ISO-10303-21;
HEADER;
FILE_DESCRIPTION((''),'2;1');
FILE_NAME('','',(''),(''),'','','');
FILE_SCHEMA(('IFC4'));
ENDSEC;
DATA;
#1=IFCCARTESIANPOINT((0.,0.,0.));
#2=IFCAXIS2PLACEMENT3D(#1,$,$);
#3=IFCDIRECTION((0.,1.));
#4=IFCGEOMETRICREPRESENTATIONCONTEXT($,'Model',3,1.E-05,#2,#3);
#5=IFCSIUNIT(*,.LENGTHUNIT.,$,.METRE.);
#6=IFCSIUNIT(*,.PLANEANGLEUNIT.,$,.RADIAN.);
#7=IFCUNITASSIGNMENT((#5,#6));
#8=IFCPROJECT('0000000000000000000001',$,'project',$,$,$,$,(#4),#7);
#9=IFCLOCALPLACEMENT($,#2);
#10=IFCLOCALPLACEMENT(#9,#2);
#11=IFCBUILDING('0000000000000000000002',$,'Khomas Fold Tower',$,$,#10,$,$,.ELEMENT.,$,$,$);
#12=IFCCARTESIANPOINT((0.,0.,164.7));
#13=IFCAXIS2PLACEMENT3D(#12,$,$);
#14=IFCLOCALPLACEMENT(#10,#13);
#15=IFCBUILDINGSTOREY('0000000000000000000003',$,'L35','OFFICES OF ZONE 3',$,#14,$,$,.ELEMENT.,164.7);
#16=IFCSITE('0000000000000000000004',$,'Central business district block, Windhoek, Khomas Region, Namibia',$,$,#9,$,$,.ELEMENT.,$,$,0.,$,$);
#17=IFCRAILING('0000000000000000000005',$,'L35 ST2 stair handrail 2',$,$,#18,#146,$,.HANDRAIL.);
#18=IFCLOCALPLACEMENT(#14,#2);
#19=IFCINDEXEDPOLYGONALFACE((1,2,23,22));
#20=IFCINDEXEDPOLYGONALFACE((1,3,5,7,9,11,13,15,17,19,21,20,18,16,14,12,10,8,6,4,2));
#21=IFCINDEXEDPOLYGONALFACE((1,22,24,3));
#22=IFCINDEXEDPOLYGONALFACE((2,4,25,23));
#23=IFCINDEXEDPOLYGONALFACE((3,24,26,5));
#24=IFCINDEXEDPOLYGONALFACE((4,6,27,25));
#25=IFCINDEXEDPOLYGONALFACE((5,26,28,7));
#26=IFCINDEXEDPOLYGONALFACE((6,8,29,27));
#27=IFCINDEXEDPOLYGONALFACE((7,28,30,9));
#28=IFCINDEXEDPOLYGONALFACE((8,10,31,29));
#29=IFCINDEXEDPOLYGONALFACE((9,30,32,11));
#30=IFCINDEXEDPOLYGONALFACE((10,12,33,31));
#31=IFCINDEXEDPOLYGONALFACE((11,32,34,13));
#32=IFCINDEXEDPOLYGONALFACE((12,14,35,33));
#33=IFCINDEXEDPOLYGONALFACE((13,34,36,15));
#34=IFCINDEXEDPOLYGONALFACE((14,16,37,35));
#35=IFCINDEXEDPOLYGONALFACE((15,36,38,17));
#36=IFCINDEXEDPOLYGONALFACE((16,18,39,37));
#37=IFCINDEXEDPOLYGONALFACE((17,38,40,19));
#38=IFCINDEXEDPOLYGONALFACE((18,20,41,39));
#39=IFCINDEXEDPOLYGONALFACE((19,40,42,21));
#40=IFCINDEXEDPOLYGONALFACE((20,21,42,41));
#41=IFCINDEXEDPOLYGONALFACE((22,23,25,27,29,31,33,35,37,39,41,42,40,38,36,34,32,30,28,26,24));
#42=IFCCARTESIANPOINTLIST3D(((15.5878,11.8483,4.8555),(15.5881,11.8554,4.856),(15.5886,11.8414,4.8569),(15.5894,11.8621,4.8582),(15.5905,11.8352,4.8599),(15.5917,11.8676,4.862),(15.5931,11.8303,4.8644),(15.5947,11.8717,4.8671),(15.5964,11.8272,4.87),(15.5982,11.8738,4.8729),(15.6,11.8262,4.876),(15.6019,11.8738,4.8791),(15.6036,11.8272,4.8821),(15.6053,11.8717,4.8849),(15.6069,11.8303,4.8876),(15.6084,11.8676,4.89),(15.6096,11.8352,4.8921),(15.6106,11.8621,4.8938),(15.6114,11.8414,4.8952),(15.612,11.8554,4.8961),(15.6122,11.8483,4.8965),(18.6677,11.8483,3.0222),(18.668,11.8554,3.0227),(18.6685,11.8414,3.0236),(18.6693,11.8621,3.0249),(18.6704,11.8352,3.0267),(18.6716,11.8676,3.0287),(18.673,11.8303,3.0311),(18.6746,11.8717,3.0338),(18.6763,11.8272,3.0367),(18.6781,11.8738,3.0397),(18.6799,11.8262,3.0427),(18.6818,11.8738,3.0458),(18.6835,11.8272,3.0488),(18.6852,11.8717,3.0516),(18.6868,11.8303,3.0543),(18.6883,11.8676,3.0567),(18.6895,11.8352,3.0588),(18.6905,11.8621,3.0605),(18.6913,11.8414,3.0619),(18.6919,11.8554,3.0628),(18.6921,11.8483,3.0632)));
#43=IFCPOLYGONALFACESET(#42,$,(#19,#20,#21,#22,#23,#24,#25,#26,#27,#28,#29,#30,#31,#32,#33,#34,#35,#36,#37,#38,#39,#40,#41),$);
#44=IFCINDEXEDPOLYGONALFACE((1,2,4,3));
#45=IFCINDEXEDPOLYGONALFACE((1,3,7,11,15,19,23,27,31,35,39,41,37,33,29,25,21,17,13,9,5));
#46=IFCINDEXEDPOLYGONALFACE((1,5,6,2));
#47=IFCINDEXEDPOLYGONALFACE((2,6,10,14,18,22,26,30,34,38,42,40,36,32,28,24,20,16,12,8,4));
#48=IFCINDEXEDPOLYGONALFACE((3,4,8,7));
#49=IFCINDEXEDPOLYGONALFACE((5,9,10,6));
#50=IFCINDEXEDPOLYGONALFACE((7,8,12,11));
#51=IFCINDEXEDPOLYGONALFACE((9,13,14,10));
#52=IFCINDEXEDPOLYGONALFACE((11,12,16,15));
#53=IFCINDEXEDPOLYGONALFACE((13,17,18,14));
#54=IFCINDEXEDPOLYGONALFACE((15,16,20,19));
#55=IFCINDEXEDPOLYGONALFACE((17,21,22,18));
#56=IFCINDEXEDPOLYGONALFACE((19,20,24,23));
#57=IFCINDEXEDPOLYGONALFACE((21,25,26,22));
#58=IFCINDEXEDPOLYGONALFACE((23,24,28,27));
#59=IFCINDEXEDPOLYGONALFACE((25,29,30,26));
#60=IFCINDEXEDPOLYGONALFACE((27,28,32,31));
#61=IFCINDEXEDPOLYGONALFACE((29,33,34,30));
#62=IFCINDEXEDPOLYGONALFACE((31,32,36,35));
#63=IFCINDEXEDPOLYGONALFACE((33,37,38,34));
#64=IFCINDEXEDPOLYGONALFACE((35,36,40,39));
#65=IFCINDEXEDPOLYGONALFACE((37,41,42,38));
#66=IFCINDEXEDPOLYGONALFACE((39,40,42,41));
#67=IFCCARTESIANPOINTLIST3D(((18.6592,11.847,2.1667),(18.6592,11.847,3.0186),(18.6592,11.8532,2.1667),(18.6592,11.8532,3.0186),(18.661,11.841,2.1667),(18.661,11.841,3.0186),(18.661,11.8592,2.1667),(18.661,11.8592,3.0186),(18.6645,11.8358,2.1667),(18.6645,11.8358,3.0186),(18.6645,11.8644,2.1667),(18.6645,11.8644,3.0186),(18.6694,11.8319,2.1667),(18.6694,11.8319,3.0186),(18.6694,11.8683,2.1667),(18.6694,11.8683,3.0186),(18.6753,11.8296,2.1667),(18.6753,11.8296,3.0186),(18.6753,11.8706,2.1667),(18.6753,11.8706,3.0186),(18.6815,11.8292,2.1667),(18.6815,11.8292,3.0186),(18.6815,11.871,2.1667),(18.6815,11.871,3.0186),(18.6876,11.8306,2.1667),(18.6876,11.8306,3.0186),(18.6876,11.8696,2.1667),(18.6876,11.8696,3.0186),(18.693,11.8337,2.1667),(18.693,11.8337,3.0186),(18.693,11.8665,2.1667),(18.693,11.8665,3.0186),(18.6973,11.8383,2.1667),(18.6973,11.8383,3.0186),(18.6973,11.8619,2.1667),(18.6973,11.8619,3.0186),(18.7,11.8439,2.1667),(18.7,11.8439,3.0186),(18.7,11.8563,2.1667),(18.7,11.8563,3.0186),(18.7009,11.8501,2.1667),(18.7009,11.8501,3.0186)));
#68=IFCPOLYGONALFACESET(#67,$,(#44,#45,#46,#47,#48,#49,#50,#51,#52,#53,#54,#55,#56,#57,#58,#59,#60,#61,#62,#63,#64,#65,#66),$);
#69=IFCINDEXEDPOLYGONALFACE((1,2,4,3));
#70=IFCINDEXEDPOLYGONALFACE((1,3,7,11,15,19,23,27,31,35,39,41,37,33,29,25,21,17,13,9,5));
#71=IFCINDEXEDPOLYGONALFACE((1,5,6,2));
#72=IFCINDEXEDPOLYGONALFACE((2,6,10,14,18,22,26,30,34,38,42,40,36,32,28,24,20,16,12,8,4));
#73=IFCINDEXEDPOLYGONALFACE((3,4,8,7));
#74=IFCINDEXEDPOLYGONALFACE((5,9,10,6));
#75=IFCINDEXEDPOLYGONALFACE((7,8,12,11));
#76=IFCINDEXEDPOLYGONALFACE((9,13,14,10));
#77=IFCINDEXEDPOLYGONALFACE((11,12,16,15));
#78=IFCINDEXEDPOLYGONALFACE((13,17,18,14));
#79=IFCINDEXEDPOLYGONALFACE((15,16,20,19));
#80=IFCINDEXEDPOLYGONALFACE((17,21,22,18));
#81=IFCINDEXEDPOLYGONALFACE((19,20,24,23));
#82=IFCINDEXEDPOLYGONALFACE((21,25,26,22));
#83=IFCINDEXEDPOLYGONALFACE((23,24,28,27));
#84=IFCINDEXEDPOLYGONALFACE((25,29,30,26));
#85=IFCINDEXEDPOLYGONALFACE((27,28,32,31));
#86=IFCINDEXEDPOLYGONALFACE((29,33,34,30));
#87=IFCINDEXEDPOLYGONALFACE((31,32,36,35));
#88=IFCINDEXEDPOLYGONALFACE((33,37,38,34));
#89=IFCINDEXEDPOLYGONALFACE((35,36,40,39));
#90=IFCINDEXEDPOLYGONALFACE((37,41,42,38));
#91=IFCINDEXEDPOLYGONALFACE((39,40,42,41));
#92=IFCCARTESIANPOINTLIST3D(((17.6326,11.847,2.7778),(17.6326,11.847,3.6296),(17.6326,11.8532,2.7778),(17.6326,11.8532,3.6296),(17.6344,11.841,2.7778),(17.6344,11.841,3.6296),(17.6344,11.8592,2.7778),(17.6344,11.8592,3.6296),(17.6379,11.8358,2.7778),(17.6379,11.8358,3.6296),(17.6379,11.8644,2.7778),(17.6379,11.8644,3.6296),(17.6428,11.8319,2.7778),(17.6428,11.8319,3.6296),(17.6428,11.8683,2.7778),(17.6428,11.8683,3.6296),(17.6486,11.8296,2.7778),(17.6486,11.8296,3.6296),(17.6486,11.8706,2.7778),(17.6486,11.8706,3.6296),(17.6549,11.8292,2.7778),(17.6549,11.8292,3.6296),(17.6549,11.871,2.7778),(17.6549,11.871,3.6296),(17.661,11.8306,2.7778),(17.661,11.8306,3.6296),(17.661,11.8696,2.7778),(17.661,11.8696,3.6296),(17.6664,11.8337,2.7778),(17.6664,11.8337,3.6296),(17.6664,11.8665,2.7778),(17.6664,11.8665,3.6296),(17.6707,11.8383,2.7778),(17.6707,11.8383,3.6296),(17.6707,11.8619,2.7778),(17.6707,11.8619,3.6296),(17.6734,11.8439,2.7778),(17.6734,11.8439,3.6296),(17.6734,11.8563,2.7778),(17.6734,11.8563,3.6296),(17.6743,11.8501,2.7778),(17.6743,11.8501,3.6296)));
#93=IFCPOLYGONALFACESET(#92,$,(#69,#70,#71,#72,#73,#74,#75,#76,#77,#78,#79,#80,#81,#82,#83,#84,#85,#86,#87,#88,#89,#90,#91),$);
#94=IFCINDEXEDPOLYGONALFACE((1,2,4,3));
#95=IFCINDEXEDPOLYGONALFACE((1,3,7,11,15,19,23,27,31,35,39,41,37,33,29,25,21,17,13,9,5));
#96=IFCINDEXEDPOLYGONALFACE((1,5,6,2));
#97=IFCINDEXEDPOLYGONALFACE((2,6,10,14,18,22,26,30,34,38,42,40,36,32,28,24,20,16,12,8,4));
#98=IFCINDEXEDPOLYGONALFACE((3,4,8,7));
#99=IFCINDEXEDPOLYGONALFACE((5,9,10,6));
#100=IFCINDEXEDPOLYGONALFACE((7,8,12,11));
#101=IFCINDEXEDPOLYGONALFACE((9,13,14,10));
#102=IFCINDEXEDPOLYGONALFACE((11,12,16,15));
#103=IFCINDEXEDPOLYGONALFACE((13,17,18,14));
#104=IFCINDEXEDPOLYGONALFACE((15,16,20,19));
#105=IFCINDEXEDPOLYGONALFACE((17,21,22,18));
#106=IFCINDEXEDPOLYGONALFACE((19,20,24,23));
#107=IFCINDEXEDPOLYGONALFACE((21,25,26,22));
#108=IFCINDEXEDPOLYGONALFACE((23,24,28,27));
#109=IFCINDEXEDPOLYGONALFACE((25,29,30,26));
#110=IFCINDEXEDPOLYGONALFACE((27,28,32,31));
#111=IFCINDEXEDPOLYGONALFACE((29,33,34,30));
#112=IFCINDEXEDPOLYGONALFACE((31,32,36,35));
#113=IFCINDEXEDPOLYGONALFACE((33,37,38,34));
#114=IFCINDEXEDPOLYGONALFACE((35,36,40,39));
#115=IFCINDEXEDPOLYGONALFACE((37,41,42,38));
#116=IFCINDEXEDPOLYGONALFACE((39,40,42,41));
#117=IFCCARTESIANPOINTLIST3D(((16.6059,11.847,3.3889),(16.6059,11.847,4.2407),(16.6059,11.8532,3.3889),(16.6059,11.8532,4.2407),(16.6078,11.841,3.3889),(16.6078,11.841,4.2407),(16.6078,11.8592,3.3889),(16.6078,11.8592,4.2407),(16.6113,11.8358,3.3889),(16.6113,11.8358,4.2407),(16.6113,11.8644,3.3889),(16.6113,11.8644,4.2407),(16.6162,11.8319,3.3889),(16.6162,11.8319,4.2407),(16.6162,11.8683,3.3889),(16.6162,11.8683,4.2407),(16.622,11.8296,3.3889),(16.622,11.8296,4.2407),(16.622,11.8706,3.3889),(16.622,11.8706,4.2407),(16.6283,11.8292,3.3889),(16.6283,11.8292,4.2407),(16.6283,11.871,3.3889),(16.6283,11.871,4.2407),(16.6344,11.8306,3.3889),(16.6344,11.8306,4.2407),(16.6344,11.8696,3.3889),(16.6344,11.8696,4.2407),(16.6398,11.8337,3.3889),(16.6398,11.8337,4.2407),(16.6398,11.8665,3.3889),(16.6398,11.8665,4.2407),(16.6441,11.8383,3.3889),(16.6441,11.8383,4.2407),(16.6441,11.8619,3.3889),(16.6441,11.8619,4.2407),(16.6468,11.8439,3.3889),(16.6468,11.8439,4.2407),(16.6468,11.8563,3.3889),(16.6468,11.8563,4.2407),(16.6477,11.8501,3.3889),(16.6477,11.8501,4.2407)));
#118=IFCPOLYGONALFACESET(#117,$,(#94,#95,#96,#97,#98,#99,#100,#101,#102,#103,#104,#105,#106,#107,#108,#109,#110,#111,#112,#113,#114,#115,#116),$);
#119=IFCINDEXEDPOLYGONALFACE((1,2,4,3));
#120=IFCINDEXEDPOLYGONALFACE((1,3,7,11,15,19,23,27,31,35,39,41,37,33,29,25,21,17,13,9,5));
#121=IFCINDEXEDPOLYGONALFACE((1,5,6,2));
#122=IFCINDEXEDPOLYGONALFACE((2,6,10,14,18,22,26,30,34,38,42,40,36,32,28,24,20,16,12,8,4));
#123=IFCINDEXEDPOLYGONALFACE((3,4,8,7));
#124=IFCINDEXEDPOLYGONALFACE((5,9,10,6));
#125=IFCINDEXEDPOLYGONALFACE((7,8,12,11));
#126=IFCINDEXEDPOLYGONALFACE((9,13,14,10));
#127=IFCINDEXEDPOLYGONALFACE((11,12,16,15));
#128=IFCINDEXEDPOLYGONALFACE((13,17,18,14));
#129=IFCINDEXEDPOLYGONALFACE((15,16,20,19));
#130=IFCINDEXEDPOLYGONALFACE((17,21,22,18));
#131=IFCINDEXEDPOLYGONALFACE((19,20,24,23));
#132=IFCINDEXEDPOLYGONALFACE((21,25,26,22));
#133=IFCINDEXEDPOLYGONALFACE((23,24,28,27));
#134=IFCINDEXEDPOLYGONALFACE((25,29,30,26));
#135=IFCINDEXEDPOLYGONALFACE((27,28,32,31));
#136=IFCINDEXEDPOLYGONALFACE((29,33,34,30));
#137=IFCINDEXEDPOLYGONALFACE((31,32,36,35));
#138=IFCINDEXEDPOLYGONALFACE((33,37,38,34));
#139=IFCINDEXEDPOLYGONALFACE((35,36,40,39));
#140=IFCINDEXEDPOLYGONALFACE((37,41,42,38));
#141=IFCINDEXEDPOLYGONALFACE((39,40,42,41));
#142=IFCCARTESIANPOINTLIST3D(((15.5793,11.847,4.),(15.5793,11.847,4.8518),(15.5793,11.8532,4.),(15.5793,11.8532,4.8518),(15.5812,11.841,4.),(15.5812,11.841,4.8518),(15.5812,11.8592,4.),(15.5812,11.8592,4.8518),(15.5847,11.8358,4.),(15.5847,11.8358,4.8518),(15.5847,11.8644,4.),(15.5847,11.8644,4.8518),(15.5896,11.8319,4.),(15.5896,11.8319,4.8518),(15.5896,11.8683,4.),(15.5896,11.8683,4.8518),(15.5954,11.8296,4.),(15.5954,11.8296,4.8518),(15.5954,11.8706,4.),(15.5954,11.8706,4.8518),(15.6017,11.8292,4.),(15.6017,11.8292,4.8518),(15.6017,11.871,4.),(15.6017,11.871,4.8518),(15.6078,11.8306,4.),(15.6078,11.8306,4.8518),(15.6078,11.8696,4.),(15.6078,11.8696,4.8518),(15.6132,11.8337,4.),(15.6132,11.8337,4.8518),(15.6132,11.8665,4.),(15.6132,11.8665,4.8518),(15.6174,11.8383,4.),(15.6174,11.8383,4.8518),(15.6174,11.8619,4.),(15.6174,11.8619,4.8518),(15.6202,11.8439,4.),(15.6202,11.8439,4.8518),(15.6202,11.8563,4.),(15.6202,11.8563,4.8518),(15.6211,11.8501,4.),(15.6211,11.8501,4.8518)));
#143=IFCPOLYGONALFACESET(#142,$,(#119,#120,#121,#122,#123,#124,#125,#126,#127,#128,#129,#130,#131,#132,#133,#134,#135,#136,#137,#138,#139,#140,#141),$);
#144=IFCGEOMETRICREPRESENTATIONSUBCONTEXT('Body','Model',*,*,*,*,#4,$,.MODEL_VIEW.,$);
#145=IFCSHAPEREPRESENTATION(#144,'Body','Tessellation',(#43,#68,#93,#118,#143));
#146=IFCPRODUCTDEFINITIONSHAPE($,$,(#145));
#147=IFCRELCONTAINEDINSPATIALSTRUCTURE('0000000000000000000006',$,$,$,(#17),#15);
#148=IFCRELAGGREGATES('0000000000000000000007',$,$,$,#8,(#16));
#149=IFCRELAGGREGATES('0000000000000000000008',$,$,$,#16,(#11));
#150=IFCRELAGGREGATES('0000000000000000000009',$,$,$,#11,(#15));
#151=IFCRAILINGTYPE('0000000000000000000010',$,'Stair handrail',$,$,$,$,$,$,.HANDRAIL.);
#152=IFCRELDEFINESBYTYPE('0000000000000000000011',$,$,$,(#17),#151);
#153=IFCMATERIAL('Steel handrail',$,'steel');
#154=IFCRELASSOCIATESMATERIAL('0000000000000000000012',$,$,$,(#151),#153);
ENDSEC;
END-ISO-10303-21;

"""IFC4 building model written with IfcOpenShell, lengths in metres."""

from ifc_helpers import new_model, si_unit, direction, frame, origin, origin_2d, place, context, subcontext, project, spatial, circle, extrude, source, transform, mapped, material, type_object, element, save


model = new_model("IFC4")

# Units and contexts
model_context = context("Model", 3, precision=1e-05, world=origin(), true_north=direction((0.0, 1.0)))
body_context = subcontext(model_context, "Body", "Model", "MODEL_VIEW")
ifc_project = project(units=[si_unit("LENGTHUNIT", "METRE"), si_unit("PLANEANGLEUNIT", "RADIAN")], contexts=[model_context])

# Site, building, storey
site_placement = place(None, origin())
site = spatial("IfcSite", under=ifc_project, at=site_placement, Name="Central business district block, Windhoek, Khomas Region, Namibia", CompositionType="ELEMENT", RefElevation=0.0)
building_placement = place(site_placement, origin())
building = spatial("IfcBuilding", under=site, at=building_placement, Name="Khomas Fold Tower", CompositionType="ELEMENT")
storey_placement = place(building_placement, frame((0.0, 0.0, 164.7)))
storey = spatial("IfcBuildingStorey", under=building, at=storey_placement, Name="L35", Description="OFFICES OF ZONE 3", CompositionType="ELEMENT", Elevation=164.7)

# Railing
ifc_material_1 = material(Name="Steel handrail", Category="steel")
railing_type_1 = type_object("IfcRailingType", Name="Stair handrail", PredefinedType="HANDRAIL", material=ifc_material_1)
shared_shape_1 = source(origin(), body_context, "Body", "SweptSolid", [
    extrude(circle(Radius=0.0239, at=origin_2d()), frame((0.0, 0.0, 0.876), z_axis=(-0.859291, 0.0, 0.511487), x_axis=(0.0, -1.0, 0.0)), (0.0, 0.0, 1.0), 3.5842),
    extrude(circle(Radius=0.021, at=origin_2d()), origin(), (0.0, 0.0, 1.0), 0.8518),
    extrude(circle(Radius=0.021, at=origin_2d()), frame((-1.0266, 0.0, 0.6111)), (0.0, 0.0, 1.0), 0.8518),
    extrude(circle(Radius=0.021, at=origin_2d()), frame((-2.0532, 0.0, 1.2222)), (0.0, 0.0, 1.0), 0.8518),
    extrude(circle(Radius=0.021, at=origin_2d()), frame((-3.0798, 0.0, 1.8333)), (0.0, 0.0, 1.0), 0.8518),
])
railing_1_placement = place(storey_placement, frame((18.6799, 11.8501, 2.1667)))
element("IfcRailing", 1, at=railing_1_placement, inside=storey, type_object=railing_type_1, Name="L35 ST2 stair handrail 2", PredefinedType="HANDRAIL", context=body_context, shape_type="MappedRepresentation", body=[
    mapped(shared_shape_1, transform((0.0, 0.0, 0.0))),
])

save(model, "model.ifc")
